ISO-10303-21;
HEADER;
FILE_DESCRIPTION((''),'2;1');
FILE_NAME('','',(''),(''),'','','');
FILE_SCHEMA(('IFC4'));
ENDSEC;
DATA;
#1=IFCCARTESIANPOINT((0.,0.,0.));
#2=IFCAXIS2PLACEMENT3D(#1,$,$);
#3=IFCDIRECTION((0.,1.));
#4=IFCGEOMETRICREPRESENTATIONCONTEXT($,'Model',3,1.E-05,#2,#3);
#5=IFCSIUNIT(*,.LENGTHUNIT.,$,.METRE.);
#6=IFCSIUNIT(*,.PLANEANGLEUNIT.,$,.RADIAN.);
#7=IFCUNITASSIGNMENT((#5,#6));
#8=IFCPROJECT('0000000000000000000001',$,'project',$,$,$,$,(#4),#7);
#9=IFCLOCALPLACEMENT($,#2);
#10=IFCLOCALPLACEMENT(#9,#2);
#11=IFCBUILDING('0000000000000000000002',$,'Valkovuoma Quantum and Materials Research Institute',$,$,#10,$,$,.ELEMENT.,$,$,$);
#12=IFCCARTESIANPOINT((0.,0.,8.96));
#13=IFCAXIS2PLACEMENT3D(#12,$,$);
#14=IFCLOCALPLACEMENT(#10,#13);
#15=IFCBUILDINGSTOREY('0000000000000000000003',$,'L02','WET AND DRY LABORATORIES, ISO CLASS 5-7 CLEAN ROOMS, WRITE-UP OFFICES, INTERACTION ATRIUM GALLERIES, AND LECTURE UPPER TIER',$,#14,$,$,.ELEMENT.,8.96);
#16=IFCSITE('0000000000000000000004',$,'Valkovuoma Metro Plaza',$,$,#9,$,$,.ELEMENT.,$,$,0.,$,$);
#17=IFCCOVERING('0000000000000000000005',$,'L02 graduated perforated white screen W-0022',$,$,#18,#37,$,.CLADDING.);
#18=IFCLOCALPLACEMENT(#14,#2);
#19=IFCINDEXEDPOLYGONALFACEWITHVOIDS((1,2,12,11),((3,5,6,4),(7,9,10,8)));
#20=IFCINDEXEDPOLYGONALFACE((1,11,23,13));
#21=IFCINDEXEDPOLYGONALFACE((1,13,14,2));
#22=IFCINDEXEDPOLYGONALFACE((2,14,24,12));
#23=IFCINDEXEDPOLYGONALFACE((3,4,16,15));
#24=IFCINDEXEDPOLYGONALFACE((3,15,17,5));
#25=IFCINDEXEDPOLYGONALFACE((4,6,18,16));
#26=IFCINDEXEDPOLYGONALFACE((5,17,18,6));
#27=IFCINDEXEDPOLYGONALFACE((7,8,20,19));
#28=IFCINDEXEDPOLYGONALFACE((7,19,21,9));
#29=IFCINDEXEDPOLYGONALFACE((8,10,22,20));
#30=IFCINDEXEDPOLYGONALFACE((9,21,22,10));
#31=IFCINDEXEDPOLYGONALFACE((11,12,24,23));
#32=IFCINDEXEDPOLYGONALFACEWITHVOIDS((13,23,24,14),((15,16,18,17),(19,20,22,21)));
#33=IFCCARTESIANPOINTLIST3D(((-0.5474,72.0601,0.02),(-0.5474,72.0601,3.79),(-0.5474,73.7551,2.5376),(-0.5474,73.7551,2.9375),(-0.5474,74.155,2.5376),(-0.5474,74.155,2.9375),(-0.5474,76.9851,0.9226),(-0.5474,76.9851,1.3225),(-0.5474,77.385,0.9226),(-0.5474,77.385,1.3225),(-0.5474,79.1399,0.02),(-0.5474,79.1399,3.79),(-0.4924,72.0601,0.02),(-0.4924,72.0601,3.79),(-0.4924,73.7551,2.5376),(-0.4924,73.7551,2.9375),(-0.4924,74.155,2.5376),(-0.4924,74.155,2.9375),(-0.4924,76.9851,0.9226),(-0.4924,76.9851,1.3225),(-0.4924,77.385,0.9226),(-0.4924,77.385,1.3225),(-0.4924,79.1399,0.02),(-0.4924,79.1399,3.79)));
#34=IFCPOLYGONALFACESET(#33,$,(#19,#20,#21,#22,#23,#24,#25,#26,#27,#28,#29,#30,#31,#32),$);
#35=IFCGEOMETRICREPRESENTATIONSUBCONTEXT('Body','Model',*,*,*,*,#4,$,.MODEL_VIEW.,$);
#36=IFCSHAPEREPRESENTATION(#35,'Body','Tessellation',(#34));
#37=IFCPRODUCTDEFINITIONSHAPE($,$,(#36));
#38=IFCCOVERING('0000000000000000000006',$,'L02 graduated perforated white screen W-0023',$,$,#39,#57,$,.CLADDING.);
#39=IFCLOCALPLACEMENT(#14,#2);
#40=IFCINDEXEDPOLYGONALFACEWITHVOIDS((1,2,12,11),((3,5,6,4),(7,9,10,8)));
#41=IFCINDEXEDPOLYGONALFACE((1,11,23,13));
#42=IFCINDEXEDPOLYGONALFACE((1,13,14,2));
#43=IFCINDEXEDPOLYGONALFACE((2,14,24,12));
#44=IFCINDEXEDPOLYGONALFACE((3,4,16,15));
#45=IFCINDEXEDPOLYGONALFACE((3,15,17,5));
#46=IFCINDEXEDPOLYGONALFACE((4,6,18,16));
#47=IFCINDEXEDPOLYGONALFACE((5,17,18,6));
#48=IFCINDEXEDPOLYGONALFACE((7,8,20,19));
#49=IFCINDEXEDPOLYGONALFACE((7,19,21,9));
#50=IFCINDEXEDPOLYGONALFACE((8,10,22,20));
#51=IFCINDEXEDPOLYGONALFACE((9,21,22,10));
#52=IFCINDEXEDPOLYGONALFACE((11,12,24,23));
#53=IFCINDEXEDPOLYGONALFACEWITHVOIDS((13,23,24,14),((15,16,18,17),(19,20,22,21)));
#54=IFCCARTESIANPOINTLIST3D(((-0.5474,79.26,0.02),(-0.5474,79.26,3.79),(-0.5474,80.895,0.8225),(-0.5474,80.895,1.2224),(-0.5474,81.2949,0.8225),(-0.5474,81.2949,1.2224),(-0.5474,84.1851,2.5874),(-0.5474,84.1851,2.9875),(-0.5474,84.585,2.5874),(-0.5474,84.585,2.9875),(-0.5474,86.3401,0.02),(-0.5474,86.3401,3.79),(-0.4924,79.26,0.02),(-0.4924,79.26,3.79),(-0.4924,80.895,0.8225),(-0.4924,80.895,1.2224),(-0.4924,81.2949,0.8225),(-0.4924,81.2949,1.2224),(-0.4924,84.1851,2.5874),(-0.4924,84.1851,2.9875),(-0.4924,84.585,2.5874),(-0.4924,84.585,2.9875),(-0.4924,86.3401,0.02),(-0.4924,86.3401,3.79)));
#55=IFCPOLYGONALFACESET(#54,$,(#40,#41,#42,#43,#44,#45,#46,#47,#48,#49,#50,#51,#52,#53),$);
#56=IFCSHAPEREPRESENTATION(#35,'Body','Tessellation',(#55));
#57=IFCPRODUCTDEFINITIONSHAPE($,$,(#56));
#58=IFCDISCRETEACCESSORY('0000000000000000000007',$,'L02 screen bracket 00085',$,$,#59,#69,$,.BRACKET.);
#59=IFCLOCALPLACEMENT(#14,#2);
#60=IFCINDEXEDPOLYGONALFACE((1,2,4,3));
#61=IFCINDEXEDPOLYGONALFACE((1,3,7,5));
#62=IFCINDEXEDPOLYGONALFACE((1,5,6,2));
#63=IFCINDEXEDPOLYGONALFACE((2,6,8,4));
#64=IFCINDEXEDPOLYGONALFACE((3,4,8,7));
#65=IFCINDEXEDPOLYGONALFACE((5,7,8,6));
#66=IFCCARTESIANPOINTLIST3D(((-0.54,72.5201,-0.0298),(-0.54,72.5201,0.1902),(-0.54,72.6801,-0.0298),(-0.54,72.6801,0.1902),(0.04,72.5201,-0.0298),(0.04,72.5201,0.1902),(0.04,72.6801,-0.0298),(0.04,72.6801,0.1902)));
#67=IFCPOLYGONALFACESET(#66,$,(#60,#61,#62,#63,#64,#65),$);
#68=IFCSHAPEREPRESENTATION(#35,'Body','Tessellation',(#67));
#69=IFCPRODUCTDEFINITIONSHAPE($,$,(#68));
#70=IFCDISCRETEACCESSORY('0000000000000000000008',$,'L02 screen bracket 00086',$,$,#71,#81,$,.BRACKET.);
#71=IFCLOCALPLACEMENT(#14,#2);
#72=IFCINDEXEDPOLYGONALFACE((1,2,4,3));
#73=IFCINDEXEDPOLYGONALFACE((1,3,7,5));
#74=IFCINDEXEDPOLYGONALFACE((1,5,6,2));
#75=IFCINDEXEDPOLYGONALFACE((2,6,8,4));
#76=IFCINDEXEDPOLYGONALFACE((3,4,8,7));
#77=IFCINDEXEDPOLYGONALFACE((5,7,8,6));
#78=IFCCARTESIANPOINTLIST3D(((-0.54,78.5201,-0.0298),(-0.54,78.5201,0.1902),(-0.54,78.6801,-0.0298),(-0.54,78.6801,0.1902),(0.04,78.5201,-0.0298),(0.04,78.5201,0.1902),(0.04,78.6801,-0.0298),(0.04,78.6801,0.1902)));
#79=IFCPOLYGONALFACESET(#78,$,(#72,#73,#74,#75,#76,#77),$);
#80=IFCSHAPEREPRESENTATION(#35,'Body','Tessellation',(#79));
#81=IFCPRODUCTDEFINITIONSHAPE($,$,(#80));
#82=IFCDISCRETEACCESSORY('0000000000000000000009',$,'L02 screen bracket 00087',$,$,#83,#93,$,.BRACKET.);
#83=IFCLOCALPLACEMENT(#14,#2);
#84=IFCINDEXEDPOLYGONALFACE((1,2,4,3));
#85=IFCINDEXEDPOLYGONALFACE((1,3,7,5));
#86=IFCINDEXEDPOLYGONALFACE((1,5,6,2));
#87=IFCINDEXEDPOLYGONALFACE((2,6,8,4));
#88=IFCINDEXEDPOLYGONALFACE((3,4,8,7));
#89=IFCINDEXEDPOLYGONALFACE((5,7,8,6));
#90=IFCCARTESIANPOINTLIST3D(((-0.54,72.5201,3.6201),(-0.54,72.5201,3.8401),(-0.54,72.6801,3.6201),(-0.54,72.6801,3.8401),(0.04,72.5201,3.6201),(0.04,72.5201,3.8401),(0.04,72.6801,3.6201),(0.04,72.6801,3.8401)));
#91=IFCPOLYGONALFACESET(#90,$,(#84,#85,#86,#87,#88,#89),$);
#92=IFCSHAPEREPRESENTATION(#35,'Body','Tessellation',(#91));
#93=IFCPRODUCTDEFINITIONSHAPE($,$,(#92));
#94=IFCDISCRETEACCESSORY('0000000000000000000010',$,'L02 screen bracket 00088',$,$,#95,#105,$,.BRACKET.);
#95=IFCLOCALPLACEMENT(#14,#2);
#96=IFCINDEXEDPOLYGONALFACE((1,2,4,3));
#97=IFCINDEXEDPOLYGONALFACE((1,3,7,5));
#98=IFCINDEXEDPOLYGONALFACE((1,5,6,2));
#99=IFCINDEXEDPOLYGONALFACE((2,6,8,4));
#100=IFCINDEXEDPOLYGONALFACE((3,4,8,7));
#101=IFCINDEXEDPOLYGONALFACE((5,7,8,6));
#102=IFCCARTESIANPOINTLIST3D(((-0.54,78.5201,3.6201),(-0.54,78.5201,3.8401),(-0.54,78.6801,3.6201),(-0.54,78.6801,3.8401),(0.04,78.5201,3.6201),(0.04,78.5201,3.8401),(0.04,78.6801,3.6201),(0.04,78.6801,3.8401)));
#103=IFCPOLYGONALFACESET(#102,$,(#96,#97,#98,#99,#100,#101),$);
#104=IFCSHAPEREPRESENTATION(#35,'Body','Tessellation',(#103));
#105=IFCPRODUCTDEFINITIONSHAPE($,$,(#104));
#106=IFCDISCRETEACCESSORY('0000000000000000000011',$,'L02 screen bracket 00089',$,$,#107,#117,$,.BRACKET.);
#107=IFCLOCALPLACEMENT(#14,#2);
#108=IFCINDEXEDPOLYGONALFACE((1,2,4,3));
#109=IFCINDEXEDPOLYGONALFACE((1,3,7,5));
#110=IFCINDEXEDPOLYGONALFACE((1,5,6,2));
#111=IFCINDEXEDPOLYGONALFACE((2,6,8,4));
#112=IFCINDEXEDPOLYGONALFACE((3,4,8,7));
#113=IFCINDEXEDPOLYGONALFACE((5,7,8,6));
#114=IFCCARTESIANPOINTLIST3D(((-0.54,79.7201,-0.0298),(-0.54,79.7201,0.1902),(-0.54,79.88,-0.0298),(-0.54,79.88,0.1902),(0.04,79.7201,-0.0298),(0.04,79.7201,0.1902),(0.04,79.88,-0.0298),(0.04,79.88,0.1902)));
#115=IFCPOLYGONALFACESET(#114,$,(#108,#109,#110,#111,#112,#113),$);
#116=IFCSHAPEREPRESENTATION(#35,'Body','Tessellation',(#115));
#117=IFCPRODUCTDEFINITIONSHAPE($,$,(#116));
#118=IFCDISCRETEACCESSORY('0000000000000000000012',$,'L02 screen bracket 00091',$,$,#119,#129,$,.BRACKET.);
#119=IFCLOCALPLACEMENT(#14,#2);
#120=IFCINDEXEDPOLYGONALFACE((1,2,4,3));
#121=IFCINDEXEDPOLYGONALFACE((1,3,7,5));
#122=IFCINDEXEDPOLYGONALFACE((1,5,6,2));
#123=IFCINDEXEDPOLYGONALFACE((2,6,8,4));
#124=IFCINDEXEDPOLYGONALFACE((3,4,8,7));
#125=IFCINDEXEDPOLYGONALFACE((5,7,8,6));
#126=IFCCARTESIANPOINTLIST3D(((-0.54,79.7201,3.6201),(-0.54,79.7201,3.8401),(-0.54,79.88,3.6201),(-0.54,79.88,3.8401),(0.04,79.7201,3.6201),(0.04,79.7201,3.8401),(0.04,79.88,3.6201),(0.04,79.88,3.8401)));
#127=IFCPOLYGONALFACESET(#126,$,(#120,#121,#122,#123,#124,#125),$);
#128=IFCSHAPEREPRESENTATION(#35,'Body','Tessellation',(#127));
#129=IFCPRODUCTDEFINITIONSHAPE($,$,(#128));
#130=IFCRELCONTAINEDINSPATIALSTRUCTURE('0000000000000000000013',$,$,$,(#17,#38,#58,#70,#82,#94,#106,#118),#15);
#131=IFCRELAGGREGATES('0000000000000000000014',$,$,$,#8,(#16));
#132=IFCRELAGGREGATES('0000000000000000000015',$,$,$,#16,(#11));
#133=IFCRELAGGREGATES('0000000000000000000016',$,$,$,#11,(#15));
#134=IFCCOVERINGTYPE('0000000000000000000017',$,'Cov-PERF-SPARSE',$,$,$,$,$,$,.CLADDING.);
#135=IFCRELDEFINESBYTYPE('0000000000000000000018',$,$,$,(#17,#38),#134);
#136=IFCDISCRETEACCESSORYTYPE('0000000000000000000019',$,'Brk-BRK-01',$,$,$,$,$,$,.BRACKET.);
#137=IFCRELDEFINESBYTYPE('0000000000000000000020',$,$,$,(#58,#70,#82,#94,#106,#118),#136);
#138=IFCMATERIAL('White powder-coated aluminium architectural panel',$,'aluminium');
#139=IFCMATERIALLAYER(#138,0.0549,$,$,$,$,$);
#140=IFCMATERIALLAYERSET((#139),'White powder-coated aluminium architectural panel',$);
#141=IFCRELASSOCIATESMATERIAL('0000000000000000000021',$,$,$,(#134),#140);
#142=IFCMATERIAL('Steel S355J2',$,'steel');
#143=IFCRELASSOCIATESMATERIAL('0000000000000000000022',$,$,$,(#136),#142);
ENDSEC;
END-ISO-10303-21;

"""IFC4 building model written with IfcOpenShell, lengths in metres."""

from ifc_helpers import new_model, si_unit, direction, frame, origin, origin_2d, place, context, subcontext, project, spatial, polyline, rectangle, outline, extrude, material, layer, layer_set, type_object, element, save


model = new_model("IFC4")

# Units and contexts
model_context = context("Model", 3, precision=1e-05, world=origin(), true_north=direction((0.0, 1.0)))
body_context = subcontext(model_context, "Body", "Model", "MODEL_VIEW")
ifc_project = project(units=[si_unit("LENGTHUNIT", "METRE"), si_unit("PLANEANGLEUNIT", "RADIAN")], contexts=[model_context])

# Site, building, storey
site_placement = place(None, origin())
site = spatial("IfcSite", under=ifc_project, at=site_placement, Name="Valkovuoma Metro Plaza", CompositionType="ELEMENT", RefElevation=0.0)
building_placement = place(site_placement, origin())
building = spatial("IfcBuilding", under=site, at=building_placement, Name="Valkovuoma Quantum and Materials Research Institute", CompositionType="ELEMENT")
storey_placement = place(building_placement, frame((0.0, 0.0, 8.96)))
storey = spatial("IfcBuildingStorey", under=building, at=storey_placement, Name="L02", Description="WET AND DRY LABORATORIES, ISO CLASS 5-7 CLEAN ROOMS, WRITE-UP OFFICES, INTERACTION ATRIUM GALLERIES, AND LECTURE UPPER TIER", CompositionType="ELEMENT", Elevation=8.96)

# Coverings
ifc_material_1 = material(Name="White powder-coated aluminium architectural panel", Category="aluminium")
ifc_layer_1 = layer(ifc_material_1, 0.0549)
ifc_layer_set_1 = layer_set([ifc_layer_1], Name="White powder-coated aluminium architectural panel")
covering_type = type_object("IfcCoveringType", Name="Cov-PERF-SPARSE", PredefinedType="CLADDING", material=ifc_layer_set_1)
covering_1_placement = place(storey_placement, frame((-0.52, 72.0601, 0.02), z_axis=(0.0, 0.0, 1.0), x_axis=(0.0, 1.0, 0.0)))
element("IfcCovering", 1, at=covering_1_placement, inside=storey, type_object=covering_type, Name="L02 graduated perforated white screen W-0022", PredefinedType="CLADDING", context=body_context, shape_type="SweptSolid", body=[
    extrude(outline(polyline([(0.0, 0.0), (7.0798, 0.0), (7.0798, 3.77), (0.0, 3.77), (0.0, 0.0)]), holes=[polyline([(1.6951, 2.5176), (1.6951, 2.9175), (2.095, 2.9175), (2.095, 2.5176), (1.6951, 2.5176)]), polyline([(4.925, 0.9026), (4.925, 1.3025), (5.325, 1.3025), (5.325, 0.9026), (4.925, 0.9026)])]), frame((0.0, 0.0273, 0.0), z_axis=(0.0, -1.0, 0.0), x_axis=(1.0, 0.0, 0.0)), (0.0, 0.0, 1.0), 0.0549),
])
covering_2_placement = place(storey_placement, frame((-0.52, 79.26, 0.02), z_axis=(0.0, 0.0, 1.0), x_axis=(0.0, 1.0, 0.0)))
element("IfcCovering", 2, at=covering_2_placement, inside=storey, type_object=covering_type, Name="L02 graduated perforated white screen W-0023", PredefinedType="CLADDING", context=body_context, shape_type="SweptSolid", body=[
    extrude(outline(polyline([(0.0, 0.0), (7.0801, 0.0), (7.0801, 3.77), (0.0, 3.77), (0.0, 0.0)]), holes=[polyline([(1.635, 0.8025), (1.635, 1.2024), (2.0349, 1.2024), (2.0349, 0.8025), (1.635, 0.8025)]), polyline([(4.925, 2.5674), (4.925, 2.9675), (5.325, 2.9675), (5.325, 2.5674), (4.925, 2.5674)])]), frame((0.0, 0.0273, 0.0), z_axis=(0.0, -1.0, 0.0), x_axis=(1.0, 0.0, 0.0)), (0.0, 0.0, 1.0), 0.0549),
])

# Discrete accessories
ifc_material_2 = material(Name="Steel S355J2", Category="steel")
discrete_accessory_type = type_object("IfcDiscreteAccessoryType", Name="Brk-BRK-01", PredefinedType="BRACKET", material=ifc_material_2)
for number, where, z_axis, x_axis, name in (
    (3, (-0.25, 72.6001, -0.0298), (0.0, 0.0, 1.0), (1.0, 0.0, 0.0), "L02 screen bracket 00085"),
    (4, (-0.25, 78.6001, -0.0298), (0.0, 0.0, 1.0), (1.0, 0.0, 0.0), "L02 screen bracket 00086"),
    (5, (-0.25, 72.6001, 3.6201), (0.0, 0.0, 1.0), (1.0, 0.0, 0.0), "L02 screen bracket 00087"),
    (6, (-0.25, 78.6001, 3.6201), (0.0, 0.0, 1.0), (1.0, 0.0, 0.0), "L02 screen bracket 00088"),
    (7, (-0.25, 79.8, -0.0298), (0.0, 0.0, 1.0), (1.0, 0.0, 0.0), "L02 screen bracket 00089"),
    (8, (-0.25, 79.8, 3.6201), (0.0, 0.0, 1.0), (1.0, 0.0, 0.0), "L02 screen bracket 00091"),
):
    element("IfcDiscreteAccessory", number, at=place(storey_placement, frame(where, z_axis=z_axis, x_axis=x_axis)), inside=storey, type_object=discrete_accessory_type, Name=name, PredefinedType="BRACKET", context=body_context, shape_type="SweptSolid", body=[
        extrude(rectangle(XDim=0.5801, YDim=0.1599, at=origin_2d()), origin(), (0.0, 0.0, 1.0), 0.22),
    ])

save(model, "model.ifc")
